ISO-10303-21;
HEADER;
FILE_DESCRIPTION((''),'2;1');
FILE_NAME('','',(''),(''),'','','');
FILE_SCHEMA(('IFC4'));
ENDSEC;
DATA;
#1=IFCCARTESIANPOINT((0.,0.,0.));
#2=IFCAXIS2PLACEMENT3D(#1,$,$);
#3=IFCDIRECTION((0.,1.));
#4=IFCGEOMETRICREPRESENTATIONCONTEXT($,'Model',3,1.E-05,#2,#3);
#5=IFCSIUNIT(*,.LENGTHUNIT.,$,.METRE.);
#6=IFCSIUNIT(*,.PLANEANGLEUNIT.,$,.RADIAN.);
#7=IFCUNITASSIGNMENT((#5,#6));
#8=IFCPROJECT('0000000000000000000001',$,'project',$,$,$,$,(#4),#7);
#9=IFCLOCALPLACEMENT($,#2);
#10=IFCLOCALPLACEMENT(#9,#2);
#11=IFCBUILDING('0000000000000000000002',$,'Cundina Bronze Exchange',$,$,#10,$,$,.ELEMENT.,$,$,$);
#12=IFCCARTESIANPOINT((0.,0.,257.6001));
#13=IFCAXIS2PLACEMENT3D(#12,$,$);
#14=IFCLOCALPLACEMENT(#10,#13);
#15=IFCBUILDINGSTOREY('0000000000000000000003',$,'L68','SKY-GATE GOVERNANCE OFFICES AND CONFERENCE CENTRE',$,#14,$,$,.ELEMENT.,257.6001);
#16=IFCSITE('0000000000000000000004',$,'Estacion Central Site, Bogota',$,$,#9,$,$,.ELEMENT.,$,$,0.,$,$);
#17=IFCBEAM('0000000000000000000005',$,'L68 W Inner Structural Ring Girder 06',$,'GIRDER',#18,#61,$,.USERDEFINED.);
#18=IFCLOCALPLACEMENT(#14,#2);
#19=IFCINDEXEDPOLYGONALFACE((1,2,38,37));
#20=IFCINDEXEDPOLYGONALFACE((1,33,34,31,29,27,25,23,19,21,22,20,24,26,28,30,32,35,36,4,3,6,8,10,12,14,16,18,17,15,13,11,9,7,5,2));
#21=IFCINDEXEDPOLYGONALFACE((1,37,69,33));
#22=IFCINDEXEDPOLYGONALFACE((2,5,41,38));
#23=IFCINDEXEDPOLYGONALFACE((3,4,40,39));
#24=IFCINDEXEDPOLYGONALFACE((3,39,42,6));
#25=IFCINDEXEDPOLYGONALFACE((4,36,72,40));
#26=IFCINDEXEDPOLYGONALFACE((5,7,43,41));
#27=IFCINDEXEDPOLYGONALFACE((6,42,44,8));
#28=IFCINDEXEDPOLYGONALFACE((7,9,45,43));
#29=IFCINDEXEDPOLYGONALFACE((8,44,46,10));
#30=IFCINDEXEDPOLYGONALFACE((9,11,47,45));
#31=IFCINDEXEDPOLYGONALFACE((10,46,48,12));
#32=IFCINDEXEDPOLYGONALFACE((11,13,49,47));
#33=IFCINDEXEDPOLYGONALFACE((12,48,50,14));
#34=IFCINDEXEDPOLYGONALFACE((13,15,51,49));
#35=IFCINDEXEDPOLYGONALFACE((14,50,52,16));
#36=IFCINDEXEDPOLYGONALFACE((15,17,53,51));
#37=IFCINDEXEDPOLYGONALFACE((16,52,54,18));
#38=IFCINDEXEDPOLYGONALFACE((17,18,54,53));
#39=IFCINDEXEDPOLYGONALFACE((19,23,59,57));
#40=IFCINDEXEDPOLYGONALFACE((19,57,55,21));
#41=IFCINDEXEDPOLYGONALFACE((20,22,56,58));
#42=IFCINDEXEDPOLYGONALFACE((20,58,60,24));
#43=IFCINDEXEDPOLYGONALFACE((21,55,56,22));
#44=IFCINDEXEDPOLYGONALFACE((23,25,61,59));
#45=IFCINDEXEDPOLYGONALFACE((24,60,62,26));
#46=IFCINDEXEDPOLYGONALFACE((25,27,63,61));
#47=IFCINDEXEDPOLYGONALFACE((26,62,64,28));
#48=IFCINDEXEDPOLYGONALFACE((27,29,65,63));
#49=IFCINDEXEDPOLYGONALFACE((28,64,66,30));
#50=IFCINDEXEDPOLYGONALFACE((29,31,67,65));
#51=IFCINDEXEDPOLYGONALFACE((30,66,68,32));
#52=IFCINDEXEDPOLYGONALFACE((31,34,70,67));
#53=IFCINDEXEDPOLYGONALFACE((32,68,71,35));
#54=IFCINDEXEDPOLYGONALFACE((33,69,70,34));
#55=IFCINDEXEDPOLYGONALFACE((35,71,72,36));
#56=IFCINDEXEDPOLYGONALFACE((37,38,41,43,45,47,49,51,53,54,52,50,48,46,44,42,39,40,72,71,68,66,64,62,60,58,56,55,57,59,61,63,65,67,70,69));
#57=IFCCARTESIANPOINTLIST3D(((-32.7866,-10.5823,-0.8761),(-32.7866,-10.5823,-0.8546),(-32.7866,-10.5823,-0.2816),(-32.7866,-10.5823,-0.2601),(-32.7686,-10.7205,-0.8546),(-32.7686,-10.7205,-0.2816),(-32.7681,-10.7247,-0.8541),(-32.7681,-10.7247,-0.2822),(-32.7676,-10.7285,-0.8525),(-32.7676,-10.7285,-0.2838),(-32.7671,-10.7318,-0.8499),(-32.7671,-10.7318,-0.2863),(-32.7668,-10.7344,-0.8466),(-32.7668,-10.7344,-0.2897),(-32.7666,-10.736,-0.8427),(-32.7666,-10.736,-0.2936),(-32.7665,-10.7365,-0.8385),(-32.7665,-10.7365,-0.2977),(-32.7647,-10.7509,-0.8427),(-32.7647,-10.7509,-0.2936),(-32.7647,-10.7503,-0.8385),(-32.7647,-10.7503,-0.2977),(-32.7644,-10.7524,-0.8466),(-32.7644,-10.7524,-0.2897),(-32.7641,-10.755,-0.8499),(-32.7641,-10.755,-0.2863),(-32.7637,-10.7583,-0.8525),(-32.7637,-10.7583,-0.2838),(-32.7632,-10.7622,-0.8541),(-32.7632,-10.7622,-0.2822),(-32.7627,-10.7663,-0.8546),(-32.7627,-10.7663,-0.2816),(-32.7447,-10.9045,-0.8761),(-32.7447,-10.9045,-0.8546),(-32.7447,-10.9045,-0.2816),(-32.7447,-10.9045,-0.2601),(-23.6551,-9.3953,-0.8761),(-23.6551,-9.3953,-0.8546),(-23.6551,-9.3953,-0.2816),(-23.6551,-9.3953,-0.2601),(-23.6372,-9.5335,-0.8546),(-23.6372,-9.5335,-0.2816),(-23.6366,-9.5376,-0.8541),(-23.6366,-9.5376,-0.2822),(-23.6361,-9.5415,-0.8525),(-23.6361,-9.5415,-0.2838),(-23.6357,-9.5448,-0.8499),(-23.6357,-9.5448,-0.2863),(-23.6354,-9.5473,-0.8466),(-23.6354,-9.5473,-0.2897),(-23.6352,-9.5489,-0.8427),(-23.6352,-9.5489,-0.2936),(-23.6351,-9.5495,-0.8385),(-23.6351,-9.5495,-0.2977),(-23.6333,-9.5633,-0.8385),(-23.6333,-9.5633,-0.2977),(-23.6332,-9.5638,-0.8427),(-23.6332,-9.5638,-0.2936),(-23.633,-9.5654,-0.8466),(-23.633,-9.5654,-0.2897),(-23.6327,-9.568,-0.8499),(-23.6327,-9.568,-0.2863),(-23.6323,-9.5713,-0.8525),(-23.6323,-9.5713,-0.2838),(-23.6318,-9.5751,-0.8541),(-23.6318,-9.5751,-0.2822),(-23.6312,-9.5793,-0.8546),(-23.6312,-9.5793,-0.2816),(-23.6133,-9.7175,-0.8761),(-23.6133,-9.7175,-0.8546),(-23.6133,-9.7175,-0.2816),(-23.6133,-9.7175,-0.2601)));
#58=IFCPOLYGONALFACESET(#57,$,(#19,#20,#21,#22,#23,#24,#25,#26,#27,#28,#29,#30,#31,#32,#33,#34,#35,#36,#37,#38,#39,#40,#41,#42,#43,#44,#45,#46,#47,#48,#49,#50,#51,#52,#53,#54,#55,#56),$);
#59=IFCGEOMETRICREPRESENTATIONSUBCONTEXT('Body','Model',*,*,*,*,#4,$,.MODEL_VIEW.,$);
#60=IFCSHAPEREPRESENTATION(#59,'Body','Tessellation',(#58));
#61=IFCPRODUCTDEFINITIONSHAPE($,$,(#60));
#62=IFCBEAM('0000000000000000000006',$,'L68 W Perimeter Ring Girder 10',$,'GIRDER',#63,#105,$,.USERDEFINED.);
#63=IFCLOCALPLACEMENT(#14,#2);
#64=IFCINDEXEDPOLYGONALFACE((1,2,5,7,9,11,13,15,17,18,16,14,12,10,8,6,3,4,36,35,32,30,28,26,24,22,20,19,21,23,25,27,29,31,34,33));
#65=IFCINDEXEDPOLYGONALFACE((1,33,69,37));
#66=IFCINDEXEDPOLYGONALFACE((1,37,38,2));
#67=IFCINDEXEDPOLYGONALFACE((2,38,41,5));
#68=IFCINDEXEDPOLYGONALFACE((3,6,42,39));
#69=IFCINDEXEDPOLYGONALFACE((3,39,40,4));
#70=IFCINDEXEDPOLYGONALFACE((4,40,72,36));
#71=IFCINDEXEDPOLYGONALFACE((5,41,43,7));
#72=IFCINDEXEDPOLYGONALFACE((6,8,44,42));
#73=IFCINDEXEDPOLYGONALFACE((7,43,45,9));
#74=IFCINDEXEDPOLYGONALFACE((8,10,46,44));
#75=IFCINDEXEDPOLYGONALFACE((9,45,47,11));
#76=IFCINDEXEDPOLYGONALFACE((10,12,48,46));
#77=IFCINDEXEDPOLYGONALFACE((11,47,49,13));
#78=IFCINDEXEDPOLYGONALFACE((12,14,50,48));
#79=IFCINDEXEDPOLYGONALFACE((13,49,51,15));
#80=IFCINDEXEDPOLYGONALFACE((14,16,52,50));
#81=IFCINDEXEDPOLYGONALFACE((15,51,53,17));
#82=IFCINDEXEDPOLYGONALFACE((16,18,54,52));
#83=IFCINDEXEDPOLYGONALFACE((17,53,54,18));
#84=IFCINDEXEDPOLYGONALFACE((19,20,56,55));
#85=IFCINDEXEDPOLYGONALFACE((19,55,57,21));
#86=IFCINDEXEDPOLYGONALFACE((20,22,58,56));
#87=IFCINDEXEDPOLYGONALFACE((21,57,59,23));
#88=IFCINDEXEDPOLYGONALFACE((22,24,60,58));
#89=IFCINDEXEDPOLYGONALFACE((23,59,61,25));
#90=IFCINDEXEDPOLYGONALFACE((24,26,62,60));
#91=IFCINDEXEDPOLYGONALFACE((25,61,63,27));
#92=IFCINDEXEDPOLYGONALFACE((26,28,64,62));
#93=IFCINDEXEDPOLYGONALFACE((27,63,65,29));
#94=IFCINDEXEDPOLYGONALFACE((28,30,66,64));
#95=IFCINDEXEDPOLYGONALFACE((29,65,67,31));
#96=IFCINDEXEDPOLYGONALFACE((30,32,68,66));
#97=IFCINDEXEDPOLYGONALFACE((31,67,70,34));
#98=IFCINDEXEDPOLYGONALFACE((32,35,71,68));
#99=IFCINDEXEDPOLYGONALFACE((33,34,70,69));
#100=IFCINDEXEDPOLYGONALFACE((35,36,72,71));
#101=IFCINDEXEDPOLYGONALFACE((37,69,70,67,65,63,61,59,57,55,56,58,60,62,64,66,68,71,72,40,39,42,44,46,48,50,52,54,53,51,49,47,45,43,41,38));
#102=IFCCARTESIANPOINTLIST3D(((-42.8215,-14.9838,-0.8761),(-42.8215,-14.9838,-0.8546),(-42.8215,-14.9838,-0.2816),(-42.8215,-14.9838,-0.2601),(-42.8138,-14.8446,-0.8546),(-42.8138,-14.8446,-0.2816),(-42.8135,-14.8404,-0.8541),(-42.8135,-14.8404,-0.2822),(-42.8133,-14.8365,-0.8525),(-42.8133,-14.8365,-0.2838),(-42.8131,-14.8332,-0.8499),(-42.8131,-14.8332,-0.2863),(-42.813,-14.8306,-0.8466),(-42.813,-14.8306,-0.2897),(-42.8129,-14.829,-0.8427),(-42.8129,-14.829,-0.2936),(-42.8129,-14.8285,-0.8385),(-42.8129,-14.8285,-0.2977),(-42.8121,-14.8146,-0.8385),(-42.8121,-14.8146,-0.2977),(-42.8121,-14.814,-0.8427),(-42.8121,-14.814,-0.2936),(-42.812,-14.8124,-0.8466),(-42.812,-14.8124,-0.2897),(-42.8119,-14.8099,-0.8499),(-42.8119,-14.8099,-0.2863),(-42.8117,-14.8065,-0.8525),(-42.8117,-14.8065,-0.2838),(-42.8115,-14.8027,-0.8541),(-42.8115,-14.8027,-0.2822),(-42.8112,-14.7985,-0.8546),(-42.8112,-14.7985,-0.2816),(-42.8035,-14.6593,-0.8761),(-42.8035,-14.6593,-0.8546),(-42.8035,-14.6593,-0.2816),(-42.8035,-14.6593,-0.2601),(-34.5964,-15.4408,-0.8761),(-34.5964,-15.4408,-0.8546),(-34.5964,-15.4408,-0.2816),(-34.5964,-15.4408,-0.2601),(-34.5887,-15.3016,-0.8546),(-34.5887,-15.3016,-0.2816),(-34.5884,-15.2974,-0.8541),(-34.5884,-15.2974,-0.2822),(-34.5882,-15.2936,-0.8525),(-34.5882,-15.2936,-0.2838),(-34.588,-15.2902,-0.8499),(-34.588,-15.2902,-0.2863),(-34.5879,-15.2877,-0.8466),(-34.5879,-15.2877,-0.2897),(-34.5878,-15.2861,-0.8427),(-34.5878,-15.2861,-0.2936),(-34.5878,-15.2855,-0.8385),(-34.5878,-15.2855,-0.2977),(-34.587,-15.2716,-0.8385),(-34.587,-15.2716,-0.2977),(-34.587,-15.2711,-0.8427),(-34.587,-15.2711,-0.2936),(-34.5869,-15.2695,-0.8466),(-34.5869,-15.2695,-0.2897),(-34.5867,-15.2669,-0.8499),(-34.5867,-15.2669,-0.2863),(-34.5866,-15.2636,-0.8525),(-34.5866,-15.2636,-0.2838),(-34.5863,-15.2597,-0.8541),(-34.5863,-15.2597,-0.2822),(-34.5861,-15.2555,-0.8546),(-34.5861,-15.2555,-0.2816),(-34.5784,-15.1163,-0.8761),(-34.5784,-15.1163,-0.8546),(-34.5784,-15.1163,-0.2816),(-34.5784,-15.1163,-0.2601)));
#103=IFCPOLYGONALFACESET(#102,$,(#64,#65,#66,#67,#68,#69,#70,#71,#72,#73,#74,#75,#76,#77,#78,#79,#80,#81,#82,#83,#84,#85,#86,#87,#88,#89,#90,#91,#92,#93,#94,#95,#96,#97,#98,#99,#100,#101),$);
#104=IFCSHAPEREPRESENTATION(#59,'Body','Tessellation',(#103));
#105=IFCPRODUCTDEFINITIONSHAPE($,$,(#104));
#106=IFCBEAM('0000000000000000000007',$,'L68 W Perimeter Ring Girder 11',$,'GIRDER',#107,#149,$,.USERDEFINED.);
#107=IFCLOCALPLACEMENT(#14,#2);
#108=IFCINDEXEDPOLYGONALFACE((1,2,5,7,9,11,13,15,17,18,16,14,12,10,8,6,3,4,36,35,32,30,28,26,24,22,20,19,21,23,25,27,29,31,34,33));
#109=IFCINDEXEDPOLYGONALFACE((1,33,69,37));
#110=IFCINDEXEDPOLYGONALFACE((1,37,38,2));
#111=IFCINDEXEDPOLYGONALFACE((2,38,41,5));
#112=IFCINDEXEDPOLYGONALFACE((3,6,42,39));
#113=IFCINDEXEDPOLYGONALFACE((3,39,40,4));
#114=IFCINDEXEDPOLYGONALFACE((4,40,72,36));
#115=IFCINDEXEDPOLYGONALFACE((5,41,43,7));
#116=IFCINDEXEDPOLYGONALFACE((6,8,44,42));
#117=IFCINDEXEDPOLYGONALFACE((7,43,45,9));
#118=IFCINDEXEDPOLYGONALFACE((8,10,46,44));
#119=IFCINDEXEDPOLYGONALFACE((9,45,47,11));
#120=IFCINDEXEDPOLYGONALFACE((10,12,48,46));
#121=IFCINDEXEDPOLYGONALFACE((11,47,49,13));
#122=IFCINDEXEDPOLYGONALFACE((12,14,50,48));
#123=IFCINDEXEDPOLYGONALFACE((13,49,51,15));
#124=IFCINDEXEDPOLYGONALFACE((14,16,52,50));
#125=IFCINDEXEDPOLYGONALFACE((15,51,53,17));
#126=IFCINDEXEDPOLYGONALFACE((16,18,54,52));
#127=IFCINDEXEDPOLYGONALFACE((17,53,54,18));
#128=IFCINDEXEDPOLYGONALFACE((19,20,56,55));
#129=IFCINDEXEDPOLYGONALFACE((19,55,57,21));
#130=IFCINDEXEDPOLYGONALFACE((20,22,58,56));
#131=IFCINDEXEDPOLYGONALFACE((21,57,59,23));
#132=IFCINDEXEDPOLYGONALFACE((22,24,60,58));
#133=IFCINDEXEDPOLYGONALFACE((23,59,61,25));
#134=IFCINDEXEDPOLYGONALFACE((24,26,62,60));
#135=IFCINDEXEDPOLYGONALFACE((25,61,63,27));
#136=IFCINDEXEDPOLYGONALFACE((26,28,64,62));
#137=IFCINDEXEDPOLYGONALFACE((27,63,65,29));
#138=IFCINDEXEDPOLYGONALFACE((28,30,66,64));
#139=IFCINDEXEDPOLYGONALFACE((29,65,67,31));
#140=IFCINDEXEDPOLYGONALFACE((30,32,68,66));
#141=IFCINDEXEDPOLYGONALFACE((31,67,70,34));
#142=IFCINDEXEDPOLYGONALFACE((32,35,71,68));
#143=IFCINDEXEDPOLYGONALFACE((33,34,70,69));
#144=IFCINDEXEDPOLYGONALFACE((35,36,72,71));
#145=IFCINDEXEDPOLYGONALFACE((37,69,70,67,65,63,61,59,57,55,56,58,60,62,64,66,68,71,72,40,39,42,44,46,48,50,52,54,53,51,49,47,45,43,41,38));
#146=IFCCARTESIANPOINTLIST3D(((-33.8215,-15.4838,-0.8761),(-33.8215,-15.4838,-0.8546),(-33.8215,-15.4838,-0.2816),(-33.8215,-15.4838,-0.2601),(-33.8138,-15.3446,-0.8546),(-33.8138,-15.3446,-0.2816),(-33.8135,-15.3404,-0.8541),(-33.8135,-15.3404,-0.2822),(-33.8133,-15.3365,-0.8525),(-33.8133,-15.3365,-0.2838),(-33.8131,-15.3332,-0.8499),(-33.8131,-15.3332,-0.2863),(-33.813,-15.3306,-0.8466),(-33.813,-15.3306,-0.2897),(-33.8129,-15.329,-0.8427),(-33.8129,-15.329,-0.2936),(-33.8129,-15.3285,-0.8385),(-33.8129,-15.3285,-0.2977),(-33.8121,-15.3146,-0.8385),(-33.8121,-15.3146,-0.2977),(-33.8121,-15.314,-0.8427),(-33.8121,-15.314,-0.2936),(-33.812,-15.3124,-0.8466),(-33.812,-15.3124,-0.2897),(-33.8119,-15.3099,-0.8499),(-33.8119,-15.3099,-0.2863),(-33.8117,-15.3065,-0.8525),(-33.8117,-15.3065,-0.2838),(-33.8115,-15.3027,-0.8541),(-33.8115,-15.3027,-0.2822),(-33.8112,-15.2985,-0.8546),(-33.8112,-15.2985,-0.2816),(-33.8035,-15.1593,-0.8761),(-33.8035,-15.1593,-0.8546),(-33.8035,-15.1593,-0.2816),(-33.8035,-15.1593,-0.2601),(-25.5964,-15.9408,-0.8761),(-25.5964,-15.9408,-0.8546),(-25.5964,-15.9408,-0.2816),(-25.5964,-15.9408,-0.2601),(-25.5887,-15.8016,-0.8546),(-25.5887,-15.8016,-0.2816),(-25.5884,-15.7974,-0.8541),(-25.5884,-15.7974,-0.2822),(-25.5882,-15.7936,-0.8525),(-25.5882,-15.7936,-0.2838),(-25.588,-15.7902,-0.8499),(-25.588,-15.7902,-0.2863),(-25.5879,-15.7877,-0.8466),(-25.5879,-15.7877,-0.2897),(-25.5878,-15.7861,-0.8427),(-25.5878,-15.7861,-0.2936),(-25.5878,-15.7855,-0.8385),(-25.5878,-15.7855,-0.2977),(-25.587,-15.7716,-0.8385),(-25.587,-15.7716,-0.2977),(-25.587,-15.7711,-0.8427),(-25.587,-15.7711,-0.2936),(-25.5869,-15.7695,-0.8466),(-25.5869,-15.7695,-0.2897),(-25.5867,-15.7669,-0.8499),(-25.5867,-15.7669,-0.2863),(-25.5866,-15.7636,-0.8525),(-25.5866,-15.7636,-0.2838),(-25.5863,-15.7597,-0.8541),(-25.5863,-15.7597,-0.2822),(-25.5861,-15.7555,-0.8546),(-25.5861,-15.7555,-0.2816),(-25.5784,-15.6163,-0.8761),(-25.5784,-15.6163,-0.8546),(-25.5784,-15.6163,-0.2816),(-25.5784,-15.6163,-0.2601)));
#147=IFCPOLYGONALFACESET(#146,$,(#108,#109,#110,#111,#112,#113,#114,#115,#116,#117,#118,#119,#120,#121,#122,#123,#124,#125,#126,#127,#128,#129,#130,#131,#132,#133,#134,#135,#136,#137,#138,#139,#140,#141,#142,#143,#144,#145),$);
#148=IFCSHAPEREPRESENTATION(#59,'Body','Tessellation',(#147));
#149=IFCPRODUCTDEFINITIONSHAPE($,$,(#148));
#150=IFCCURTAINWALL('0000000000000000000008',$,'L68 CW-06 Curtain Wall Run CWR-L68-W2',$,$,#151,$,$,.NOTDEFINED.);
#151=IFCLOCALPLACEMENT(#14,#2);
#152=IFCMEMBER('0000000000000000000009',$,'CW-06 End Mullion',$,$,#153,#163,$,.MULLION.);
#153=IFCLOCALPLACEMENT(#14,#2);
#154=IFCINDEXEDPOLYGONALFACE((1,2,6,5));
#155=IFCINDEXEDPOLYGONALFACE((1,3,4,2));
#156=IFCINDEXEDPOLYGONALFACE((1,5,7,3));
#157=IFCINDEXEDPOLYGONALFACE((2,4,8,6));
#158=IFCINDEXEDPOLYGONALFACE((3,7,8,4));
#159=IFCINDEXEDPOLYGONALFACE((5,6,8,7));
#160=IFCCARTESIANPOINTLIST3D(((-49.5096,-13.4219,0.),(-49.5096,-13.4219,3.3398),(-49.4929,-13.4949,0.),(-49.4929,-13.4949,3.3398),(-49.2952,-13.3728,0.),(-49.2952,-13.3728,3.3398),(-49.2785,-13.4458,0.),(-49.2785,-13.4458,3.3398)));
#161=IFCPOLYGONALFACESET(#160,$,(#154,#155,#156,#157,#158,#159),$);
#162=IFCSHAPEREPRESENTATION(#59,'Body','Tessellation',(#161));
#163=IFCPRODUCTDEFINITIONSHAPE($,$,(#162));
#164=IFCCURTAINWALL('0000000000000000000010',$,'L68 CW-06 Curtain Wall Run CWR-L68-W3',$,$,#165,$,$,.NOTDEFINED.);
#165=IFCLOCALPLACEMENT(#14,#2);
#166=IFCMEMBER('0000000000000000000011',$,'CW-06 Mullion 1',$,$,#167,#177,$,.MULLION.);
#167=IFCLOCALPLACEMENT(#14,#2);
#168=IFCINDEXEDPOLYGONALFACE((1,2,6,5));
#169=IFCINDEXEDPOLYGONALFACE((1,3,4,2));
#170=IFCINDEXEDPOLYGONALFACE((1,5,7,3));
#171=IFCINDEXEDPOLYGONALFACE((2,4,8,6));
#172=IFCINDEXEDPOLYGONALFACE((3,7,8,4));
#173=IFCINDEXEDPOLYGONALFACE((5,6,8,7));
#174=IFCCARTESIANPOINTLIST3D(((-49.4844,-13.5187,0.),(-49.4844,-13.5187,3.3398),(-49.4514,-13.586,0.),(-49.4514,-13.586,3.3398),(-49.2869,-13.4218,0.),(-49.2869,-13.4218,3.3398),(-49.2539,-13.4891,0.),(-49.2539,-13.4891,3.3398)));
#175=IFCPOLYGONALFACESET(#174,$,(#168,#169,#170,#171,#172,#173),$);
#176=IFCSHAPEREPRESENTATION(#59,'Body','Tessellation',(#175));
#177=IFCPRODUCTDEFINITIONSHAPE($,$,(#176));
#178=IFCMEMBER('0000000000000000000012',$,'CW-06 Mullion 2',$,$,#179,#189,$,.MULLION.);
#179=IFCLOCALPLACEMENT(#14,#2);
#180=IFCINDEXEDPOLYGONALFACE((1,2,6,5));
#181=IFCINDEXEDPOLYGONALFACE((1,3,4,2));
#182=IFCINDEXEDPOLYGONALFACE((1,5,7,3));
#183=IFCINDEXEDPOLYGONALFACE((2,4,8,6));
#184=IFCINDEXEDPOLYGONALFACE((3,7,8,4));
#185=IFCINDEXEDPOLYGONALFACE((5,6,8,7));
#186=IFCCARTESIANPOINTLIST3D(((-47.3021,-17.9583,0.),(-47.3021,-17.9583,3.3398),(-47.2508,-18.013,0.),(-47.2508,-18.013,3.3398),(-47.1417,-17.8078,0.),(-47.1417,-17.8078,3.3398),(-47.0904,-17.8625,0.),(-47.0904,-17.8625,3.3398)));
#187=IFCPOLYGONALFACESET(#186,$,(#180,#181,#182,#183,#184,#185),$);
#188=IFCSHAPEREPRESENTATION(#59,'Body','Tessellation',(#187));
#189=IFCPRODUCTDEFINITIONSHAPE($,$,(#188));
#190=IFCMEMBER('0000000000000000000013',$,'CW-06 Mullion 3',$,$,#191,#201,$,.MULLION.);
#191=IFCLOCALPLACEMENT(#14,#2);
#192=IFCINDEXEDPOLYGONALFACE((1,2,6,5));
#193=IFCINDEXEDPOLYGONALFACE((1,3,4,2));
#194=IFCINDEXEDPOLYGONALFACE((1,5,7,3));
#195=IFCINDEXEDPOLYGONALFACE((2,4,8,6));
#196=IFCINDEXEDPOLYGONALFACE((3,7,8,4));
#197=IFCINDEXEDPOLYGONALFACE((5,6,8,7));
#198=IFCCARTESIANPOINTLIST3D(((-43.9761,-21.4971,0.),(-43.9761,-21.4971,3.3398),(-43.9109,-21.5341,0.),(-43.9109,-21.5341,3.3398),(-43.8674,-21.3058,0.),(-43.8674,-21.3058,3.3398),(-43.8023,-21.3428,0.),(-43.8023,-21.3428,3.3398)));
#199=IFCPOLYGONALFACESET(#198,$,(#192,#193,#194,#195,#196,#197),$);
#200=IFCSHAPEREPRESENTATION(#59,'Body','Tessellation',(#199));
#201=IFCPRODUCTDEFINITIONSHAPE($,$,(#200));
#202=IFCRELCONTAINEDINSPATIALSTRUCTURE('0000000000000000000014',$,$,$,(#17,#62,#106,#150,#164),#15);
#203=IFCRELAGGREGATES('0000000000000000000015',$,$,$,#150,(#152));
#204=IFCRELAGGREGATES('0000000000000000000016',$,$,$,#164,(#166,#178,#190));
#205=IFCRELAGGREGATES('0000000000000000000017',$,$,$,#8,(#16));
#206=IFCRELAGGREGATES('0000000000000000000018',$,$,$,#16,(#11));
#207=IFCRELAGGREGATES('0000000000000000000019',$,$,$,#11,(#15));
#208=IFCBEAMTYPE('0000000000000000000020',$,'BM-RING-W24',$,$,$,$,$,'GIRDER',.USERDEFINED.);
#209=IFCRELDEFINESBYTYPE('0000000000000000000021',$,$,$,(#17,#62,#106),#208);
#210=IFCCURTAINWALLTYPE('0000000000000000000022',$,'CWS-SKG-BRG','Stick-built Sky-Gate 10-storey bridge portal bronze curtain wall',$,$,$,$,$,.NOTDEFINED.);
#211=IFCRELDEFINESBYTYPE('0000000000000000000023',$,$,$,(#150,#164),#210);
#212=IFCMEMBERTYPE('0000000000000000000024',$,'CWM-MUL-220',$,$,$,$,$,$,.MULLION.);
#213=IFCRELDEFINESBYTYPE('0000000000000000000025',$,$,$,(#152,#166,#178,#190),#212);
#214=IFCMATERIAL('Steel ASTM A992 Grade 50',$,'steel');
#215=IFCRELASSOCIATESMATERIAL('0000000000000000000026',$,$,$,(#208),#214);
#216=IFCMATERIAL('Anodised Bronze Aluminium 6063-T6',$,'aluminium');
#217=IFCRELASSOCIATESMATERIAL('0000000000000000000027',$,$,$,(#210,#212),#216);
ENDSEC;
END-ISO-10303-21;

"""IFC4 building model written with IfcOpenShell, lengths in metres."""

from ifc_helpers import new_model, si_unit, direction, frame, origin, origin_2d, place, context, subcontext, project, spatial, rectangle, i_section, extrude, material, material_profile, profile_set, type_object, element, aggregate, save


model = new_model("IFC4")

# Units and contexts
model_context = context("Model", 3, precision=1e-05, world=origin(), true_north=direction((0.0, 1.0)))
body_context = subcontext(model_context, "Body", "Model", "MODEL_VIEW")
ifc_project = project(units=[si_unit("LENGTHUNIT", "METRE"), si_unit("PLANEANGLEUNIT", "RADIAN")], contexts=[model_context])

# Site, building, storey
site_placement = place(None, origin())
site = spatial("IfcSite", under=ifc_project, at=site_placement, Name="Estacion Central Site, Bogota", CompositionType="ELEMENT", RefElevation=0.0)
building_placement = place(site_placement, origin())
building = spatial("IfcBuilding", under=site, at=building_placement, Name="Cundina Bronze Exchange", CompositionType="ELEMENT")
storey_placement = place(building_placement, frame((0.0, 0.0, 257.6001)))
storey = spatial("IfcBuildingStorey", under=building, at=storey_placement, Name="L68", Description="SKY-GATE GOVERNANCE OFFICES AND CONFERENCE CENTRE", CompositionType="ELEMENT", Elevation=257.6001)

# Beams
ifc_material_1 = material(Name="Steel ASTM A992 Grade 50", Category="steel")
ifc_material_profile_1 = material_profile(ifc_material_1, i_section(OverallWidth=0.325, OverallDepth=0.616, WebThickness=0.0139, FlangeThickness=0.0215, FilletRadius=0.0161, at=origin_2d()), Name="W24X117", Category="steel")
ifc_profile_set_1 = profile_set([ifc_material_profile_1], Name="Steel ASTM A992 Grade 50")
beam_type_1 = type_object("IfcBeamType", Name="BM-RING-W24", ElementType="GIRDER", PredefinedType="USERDEFINED", material=ifc_profile_set_1)
beam_1_placement = place(storey_placement, frame((-32.7656, -10.7434, -0.5681), z_axis=(0.991656, 0.128908, 0.0), x_axis=(-0.128908, 0.991656, 0.0)))
element("IfcBeam", 1, at=beam_1_placement, inside=storey, type_object=beam_type_1, Name="L68 W Inner Structural Ring Girder 06", ObjectType="GIRDER", PredefinedType="USERDEFINED", context=body_context, shape_type="SweptSolid", body=[
    extrude(i_section(OverallWidth=0.325, OverallDepth=0.616, WebThickness=0.0139, FlangeThickness=0.0215, FilletRadius=0.0161, at=origin_2d()), origin(), (0.0, 0.0, 1.0), 9.2083),
])
for number, where, z_axis, x_axis, name in (
    (2, (-42.8125, -14.8215, -0.5681), (0.99846, -0.05548, 0.0), (0.05548, 0.99846, 0.0), "L68 W Perimeter Ring Girder 10"),
    (3, (-33.8125, -15.3215, -0.5681), (0.99846, -0.05548, 0.0), (0.05548, 0.99846, 0.0), "L68 W Perimeter Ring Girder 11"),
):
    element("IfcBeam", number, at=place(storey_placement, frame(where, z_axis=z_axis, x_axis=x_axis)), inside=storey, type_object=beam_type_1, Name=name, ObjectType="GIRDER", PredefinedType="USERDEFINED", context=body_context, shape_type="SweptSolid", body=[
        extrude(i_section(OverallWidth=0.325, OverallDepth=0.616, WebThickness=0.0139, FlangeThickness=0.0215, FilletRadius=0.0161, at=origin_2d()), origin(), (0.0, 0.0, 1.0), 8.2378),
    ])

# Curtain wall, member
ifc_material_2 = material(Name="Anodised Bronze Aluminium 6063-T6", Category="aluminium")
curtain_wall_type = type_object("IfcCurtainWallType", Name="CWS-SKG-BRG", Description="Stick-built Sky-Gate 10-storey bridge portal bronze curtain wall", PredefinedType="NOTDEFINED", material=ifc_material_2)
curtain_wall_1_placement = place(storey_placement, origin())
curtain_wall_1 = element("IfcCurtainWall", 4, at=curtain_wall_1_placement, inside=storey, type_object=curtain_wall_type, Name="L68 CW-06 Curtain Wall Run CWR-L68-W2", PredefinedType="NOTDEFINED")
ifc_material_profile_2 = material_profile(ifc_material_2, rectangle(XDim=0.075, YDim=0.22, at=origin_2d()), Name="AL75X220", Category="aluminium")
ifc_profile_set_2 = profile_set([ifc_material_profile_2], Name="Anodised Bronze Aluminium 6063-T6")
member_type_1 = type_object("IfcMemberType", Name="CWM-MUL-220", PredefinedType="MULLION", material=ifc_profile_set_2)
member_1_placement = place(storey_placement, frame((-49.394, -13.4338, 0.0), z_axis=(0.0, 0.0, 1.0), x_axis=(0.22325, -0.974761, 0.0)))
member_1 = element("IfcMember", 5, at=member_1_placement, type_object=member_type_1, Name="CW-06 End Mullion", PredefinedType="MULLION", context=body_context, shape_type="SweptSolid", body=[
    extrude(rectangle(XDim=0.075, YDim=0.22, at=origin_2d()), origin(), (0.0, 0.0, 1.0), 3.3398),
])

# Curtain wall, members
curtain_wall_2_placement = place(storey_placement, origin())
curtain_wall_2 = element("IfcCurtainWall", 6, at=curtain_wall_2_placement, inside=storey, type_object=curtain_wall_type, Name="L68 CW-06 Curtain Wall Run CWR-L68-W3", PredefinedType="NOTDEFINED")
member_2_placement = place(storey_placement, frame((-49.3691, -13.5039, 0.0), z_axis=(0.0, 0.0, 1.0), x_axis=(0.440566, -0.89772, 0.0)))
member_2 = element("IfcMember", 7, at=member_2_placement, type_object=member_type_1, Name="CW-06 Mullion 1", PredefinedType="MULLION", context=body_context, shape_type="SweptSolid", body=[
    extrude(rectangle(XDim=0.075, YDim=0.22, at=origin_2d()), origin(), (0.0, 0.0, 1.0), 3.3398),
])
member_3_placement = place(storey_placement, frame((-47.1963, -17.9104, 0.0), z_axis=(0.0, 0.0, 1.0), x_axis=(0.684293, -0.729208, 0.0)))
member_3 = element("IfcMember", 8, at=member_3_placement, type_object=member_type_1, Name="CW-06 Mullion 2", PredefinedType="MULLION", context=body_context, shape_type="SweptSolid", body=[
    extrude(rectangle(XDim=0.075, YDim=0.22, at=origin_2d()), origin(), (0.0, 0.0, 1.0), 3.3398),
])
member_4_placement = place(storey_placement, frame((-43.8892, -21.4199, 0.0), z_axis=(0.0, 0.0, 1.0), x_axis=(0.869581, -0.49379, 0.0)))
member_4 = element("IfcMember", 9, at=member_4_placement, type_object=member_type_1, Name="CW-06 Mullion 3", PredefinedType="MULLION", context=body_context, shape_type="SweptSolid", body=[
    extrude(rectangle(XDim=0.075, YDim=0.22, at=origin_2d()), origin(), (0.0, 0.0, 1.0), 3.3398),
])

aggregate(curtain_wall_1, [member_1])
aggregate(curtain_wall_2, [member_2, member_3, member_4])

save(model, "model.ifc")
